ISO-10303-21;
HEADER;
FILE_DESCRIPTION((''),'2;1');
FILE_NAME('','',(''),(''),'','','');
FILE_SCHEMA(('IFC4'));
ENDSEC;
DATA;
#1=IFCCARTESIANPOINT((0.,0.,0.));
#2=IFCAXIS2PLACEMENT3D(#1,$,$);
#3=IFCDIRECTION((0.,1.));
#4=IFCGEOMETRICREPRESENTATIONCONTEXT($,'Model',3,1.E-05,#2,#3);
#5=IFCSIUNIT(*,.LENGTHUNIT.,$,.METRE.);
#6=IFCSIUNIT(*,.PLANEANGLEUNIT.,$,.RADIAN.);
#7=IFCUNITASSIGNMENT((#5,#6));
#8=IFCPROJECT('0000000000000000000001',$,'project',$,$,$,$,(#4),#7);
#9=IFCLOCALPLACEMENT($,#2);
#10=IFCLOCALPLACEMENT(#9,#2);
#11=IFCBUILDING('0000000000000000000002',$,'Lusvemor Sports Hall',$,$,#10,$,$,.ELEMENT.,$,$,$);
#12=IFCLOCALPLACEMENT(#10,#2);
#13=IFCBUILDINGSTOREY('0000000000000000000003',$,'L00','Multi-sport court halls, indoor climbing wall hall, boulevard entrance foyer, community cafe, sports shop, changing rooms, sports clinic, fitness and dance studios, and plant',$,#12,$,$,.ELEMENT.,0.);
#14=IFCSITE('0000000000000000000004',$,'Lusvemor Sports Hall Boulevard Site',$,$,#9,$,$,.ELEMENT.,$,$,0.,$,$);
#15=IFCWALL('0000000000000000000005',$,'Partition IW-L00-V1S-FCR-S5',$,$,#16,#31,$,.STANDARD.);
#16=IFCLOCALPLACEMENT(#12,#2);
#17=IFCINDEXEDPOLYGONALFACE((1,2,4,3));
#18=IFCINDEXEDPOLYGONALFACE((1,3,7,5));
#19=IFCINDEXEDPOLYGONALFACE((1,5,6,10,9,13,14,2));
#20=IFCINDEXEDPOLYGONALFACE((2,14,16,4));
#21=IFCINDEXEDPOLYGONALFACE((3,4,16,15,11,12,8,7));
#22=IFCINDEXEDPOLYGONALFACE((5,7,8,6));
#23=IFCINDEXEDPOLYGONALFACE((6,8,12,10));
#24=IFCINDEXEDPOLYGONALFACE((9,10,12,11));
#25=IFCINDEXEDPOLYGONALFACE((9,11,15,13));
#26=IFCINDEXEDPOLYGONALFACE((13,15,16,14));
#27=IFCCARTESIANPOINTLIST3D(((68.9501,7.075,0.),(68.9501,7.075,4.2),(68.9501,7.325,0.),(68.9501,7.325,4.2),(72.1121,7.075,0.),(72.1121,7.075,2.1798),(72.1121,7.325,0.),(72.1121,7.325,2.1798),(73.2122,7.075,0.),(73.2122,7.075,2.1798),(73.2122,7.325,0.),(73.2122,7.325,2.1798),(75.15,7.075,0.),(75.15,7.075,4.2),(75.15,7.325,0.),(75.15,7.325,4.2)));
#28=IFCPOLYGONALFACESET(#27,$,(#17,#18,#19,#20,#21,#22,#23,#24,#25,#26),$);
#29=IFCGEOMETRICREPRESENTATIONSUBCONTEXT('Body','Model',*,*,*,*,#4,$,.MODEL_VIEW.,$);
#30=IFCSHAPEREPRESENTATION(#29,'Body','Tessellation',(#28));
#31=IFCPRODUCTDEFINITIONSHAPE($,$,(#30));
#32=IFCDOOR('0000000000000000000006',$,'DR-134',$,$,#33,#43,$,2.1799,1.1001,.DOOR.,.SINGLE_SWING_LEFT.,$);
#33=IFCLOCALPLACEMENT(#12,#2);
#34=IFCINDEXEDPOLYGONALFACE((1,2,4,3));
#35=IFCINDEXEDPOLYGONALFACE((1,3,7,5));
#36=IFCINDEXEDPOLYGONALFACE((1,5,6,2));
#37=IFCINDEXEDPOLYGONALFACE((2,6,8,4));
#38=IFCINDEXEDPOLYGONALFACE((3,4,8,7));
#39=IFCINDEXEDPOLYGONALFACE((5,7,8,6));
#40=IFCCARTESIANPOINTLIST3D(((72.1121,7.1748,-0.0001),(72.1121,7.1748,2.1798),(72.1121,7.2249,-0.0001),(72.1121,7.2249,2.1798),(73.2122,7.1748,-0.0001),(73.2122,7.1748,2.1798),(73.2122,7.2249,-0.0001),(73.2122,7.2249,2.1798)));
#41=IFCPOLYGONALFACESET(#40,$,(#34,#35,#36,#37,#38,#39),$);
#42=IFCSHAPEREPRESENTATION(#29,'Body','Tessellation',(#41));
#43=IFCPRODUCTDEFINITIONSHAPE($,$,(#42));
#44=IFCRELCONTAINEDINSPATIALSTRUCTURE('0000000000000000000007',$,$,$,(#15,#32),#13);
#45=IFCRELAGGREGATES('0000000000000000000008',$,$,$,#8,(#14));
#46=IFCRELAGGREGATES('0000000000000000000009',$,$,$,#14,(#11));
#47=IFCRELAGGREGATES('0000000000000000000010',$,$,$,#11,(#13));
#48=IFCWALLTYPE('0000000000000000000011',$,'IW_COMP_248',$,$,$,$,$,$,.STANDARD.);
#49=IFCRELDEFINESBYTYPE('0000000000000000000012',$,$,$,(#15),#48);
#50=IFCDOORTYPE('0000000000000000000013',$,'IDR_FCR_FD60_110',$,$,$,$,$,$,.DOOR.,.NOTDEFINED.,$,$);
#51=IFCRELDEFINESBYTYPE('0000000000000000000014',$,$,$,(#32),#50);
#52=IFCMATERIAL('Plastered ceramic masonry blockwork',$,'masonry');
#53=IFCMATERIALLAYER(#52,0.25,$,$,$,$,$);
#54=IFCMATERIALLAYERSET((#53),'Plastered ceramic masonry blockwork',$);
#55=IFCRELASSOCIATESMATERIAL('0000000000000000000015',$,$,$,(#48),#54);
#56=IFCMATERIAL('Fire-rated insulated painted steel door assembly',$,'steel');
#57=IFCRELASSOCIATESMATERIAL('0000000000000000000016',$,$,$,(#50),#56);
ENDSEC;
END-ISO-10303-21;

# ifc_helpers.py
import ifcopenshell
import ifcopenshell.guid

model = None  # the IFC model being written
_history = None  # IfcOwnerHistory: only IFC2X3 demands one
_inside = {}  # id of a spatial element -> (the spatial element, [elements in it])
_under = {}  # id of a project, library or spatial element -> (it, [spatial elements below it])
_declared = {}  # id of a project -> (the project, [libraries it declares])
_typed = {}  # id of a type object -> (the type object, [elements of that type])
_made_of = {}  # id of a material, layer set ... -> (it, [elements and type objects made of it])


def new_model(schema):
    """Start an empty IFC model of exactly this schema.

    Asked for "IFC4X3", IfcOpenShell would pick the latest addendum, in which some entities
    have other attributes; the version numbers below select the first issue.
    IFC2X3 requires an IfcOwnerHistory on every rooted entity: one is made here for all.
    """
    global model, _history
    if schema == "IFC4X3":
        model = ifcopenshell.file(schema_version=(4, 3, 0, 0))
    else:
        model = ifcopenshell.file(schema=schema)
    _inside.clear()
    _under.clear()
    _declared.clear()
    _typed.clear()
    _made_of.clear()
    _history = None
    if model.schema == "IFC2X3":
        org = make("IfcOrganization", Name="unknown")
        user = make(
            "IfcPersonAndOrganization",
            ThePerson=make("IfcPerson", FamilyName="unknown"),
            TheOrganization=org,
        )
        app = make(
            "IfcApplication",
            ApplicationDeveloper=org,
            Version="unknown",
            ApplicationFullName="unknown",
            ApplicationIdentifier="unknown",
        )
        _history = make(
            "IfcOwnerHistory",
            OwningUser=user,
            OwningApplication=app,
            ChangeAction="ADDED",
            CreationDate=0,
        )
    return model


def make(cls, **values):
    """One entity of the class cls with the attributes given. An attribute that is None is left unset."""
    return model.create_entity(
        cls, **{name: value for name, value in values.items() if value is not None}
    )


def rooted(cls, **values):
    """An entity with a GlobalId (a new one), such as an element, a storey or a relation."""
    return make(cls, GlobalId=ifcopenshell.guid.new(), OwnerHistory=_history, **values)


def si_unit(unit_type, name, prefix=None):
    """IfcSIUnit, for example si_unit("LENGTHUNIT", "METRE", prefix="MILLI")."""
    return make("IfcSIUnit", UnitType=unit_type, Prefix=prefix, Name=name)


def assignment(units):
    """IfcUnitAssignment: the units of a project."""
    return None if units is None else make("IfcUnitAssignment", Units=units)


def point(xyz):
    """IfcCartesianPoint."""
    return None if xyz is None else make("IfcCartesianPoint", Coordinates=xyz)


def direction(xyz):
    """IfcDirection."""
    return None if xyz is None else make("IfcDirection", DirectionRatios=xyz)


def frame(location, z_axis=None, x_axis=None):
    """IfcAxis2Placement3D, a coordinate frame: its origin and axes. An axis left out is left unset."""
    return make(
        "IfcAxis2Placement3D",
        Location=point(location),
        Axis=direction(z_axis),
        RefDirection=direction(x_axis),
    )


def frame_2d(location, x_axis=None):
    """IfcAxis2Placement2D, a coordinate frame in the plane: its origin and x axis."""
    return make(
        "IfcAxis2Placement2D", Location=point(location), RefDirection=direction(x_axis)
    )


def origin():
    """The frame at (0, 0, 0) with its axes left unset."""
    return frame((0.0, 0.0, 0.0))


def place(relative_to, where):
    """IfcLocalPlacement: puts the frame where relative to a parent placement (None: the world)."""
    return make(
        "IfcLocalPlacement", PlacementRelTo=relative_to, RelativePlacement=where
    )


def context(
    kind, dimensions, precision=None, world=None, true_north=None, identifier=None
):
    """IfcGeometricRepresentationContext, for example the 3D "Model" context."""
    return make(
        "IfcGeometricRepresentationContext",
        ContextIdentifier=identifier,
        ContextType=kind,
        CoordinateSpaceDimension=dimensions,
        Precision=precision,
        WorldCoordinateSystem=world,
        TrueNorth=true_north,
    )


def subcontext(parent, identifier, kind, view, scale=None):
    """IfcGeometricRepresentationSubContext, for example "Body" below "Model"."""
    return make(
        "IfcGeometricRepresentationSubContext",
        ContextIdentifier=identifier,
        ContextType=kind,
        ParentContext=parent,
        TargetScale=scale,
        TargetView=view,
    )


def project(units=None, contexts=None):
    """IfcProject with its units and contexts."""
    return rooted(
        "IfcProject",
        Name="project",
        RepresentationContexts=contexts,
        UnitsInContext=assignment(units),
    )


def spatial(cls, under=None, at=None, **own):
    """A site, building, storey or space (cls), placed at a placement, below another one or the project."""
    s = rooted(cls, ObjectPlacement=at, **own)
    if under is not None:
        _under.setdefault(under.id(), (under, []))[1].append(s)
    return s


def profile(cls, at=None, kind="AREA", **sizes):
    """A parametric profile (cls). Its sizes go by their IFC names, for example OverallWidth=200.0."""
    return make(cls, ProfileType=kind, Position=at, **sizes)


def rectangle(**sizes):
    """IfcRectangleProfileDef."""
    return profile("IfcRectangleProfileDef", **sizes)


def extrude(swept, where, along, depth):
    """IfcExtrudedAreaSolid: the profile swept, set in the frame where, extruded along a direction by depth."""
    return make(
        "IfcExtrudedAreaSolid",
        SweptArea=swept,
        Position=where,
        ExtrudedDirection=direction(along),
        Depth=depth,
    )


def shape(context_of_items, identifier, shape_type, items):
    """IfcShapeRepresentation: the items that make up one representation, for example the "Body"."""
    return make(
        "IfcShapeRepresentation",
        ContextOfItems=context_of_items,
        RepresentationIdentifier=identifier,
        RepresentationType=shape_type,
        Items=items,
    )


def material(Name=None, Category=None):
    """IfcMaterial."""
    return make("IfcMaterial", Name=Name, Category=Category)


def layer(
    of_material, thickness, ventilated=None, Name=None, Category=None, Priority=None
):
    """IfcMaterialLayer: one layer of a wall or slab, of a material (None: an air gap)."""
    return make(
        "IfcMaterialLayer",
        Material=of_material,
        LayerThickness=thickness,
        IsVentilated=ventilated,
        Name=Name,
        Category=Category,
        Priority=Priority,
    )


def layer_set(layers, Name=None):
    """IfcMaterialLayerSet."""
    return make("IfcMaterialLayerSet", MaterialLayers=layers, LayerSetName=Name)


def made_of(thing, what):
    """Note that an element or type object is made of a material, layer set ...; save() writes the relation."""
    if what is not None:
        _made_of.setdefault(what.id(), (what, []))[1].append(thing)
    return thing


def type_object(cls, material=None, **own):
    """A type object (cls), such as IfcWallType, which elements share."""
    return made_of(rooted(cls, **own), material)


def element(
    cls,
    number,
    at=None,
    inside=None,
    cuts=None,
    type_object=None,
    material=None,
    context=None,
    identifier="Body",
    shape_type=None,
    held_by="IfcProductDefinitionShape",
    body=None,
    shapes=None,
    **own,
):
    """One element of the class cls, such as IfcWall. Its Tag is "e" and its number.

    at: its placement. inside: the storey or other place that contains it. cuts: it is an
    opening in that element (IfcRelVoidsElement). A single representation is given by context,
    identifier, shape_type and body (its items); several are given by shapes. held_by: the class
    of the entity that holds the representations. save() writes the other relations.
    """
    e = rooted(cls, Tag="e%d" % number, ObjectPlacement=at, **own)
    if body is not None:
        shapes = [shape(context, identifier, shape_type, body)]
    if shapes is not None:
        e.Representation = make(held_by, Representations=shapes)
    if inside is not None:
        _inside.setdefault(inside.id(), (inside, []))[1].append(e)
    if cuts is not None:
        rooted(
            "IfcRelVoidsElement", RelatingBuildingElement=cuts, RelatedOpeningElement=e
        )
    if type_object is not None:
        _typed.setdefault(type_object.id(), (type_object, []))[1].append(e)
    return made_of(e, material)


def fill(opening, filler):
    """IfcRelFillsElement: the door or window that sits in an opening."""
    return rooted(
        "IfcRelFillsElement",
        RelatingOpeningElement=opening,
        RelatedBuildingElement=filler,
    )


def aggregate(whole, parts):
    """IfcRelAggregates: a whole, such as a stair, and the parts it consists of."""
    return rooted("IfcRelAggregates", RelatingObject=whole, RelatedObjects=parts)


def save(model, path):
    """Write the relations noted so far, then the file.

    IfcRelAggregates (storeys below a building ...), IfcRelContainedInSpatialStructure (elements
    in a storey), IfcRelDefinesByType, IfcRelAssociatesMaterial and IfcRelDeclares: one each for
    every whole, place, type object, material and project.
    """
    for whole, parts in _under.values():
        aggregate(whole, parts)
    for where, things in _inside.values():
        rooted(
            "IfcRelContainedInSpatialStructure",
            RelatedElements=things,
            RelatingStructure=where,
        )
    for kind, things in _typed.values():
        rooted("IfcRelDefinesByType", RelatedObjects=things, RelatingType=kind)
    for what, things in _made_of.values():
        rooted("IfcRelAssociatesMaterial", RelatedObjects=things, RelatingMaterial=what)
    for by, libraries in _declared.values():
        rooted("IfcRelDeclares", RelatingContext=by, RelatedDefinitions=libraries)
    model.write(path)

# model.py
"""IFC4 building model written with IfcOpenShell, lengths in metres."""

from ifc_helpers import new_model, si_unit, direction, frame, frame_2d, origin, place, context, subcontext, project, spatial, rectangle, extrude, material, layer, layer_set, type_object, element, fill, save


model = new_model("IFC4")

# Units and contexts
model_context = context("Model", 3, precision=1e-05, world=origin(), true_north=direction((0.0, 1.0)))
body_context = subcontext(model_context, "Body", "Model", "MODEL_VIEW")
ifc_project = project(units=[si_unit("LENGTHUNIT", "METRE"), si_unit("PLANEANGLEUNIT", "RADIAN")], contexts=[model_context])

# Site, building, storey
site_placement = place(None, origin())
site = spatial("IfcSite", under=ifc_project, at=site_placement, Name="Lusvemor Sports Hall Boulevard Site", CompositionType="ELEMENT", RefElevation=0.0)
building_placement = place(site_placement, origin())
building = spatial("IfcBuilding", under=site, at=building_placement, Name="Lusvemor Sports Hall", CompositionType="ELEMENT")
storey_placement = place(building_placement, origin())
storey = spatial("IfcBuildingStorey", under=building, at=storey_placement, Name="L00", Description="Multi-sport court halls, indoor climbing wall hall, boulevard entrance foyer, community cafe, sports shop, changing rooms, sports clinic, fitness and dance studios, and plant", CompositionType="ELEMENT", Elevation=0.0)

# Wall, opening, door
ifc_material_1 = material(Name="Plastered ceramic masonry blockwork", Category="masonry")
ifc_layer_1 = layer(ifc_material_1, 0.25)
ifc_layer_set_1 = layer_set([ifc_layer_1], Name="Plastered ceramic masonry blockwork")
wall_type_1 = type_object("IfcWallType", Name="IW_COMP_248", PredefinedType="STANDARD", material=ifc_layer_set_1)
wall_1_placement = place(storey_placement, frame((68.95, 7.2, 0.0), z_axis=(0.0, 0.0, 1.0), x_axis=(1.0, 0.0, 0.0)))
wall_1 = element("IfcWall", 1, at=wall_1_placement, inside=storey, type_object=wall_type_1, Name="Partition IW-L00-V1S-FCR-S5", PredefinedType="STANDARD", context=body_context, shape_type="SweptSolid", body=[
    extrude(rectangle(XDim=6.2, YDim=0.25, at=frame_2d((3.1001, 0.0))), origin(), (0.0, 0.0, 1.0), 4.2),
])
opening_1_placement = place(wall_1_placement, frame((3.1621, 0.0, 0.0)))
opening_1 = element("IfcOpeningElement", 2, at=opening_1_placement, cuts=wall_1, PredefinedType="OPENING", context=body_context, shape_type="SweptSolid", body=[
    extrude(rectangle(XDim=1.1001, YDim=2.1799, at=frame_2d((0.55, 1.0898))), frame((0.0, 0.125, 0.0), z_axis=(0.0, -1.0, 0.0), x_axis=(1.0, 0.0, 0.0)), (0.0, 0.0, 1.0), 0.25),
])
ifc_material_2 = material(Name="Fire-rated insulated painted steel door assembly", Category="steel")
door_type_1 = type_object("IfcDoorType", Name="IDR_FCR_FD60_110", OperationType="NOTDEFINED", PredefinedType="DOOR", material=ifc_material_2)
door_1_placement = place(opening_1_placement, origin())
door_1 = element("IfcDoor", 3, at=door_1_placement, inside=storey, type_object=door_type_1, Name="DR-134", OperationType="SINGLE_SWING_LEFT", OverallHeight=2.1799, OverallWidth=1.1001, PredefinedType="DOOR", context=body_context, shape_type="SweptSolid", body=[
    extrude(rectangle(XDim=1.1001, YDim=2.1799, at=frame_2d((0.55, 1.0898))), frame((0.0, 0.0249, 0.0), z_axis=(0.0, -1.0, 0.0), x_axis=(1.0, 0.0, 0.0)), (0.0, 0.0, 1.0), 0.05),
])
fill(opening_1, door_1)

save(model, "model.ifc")
